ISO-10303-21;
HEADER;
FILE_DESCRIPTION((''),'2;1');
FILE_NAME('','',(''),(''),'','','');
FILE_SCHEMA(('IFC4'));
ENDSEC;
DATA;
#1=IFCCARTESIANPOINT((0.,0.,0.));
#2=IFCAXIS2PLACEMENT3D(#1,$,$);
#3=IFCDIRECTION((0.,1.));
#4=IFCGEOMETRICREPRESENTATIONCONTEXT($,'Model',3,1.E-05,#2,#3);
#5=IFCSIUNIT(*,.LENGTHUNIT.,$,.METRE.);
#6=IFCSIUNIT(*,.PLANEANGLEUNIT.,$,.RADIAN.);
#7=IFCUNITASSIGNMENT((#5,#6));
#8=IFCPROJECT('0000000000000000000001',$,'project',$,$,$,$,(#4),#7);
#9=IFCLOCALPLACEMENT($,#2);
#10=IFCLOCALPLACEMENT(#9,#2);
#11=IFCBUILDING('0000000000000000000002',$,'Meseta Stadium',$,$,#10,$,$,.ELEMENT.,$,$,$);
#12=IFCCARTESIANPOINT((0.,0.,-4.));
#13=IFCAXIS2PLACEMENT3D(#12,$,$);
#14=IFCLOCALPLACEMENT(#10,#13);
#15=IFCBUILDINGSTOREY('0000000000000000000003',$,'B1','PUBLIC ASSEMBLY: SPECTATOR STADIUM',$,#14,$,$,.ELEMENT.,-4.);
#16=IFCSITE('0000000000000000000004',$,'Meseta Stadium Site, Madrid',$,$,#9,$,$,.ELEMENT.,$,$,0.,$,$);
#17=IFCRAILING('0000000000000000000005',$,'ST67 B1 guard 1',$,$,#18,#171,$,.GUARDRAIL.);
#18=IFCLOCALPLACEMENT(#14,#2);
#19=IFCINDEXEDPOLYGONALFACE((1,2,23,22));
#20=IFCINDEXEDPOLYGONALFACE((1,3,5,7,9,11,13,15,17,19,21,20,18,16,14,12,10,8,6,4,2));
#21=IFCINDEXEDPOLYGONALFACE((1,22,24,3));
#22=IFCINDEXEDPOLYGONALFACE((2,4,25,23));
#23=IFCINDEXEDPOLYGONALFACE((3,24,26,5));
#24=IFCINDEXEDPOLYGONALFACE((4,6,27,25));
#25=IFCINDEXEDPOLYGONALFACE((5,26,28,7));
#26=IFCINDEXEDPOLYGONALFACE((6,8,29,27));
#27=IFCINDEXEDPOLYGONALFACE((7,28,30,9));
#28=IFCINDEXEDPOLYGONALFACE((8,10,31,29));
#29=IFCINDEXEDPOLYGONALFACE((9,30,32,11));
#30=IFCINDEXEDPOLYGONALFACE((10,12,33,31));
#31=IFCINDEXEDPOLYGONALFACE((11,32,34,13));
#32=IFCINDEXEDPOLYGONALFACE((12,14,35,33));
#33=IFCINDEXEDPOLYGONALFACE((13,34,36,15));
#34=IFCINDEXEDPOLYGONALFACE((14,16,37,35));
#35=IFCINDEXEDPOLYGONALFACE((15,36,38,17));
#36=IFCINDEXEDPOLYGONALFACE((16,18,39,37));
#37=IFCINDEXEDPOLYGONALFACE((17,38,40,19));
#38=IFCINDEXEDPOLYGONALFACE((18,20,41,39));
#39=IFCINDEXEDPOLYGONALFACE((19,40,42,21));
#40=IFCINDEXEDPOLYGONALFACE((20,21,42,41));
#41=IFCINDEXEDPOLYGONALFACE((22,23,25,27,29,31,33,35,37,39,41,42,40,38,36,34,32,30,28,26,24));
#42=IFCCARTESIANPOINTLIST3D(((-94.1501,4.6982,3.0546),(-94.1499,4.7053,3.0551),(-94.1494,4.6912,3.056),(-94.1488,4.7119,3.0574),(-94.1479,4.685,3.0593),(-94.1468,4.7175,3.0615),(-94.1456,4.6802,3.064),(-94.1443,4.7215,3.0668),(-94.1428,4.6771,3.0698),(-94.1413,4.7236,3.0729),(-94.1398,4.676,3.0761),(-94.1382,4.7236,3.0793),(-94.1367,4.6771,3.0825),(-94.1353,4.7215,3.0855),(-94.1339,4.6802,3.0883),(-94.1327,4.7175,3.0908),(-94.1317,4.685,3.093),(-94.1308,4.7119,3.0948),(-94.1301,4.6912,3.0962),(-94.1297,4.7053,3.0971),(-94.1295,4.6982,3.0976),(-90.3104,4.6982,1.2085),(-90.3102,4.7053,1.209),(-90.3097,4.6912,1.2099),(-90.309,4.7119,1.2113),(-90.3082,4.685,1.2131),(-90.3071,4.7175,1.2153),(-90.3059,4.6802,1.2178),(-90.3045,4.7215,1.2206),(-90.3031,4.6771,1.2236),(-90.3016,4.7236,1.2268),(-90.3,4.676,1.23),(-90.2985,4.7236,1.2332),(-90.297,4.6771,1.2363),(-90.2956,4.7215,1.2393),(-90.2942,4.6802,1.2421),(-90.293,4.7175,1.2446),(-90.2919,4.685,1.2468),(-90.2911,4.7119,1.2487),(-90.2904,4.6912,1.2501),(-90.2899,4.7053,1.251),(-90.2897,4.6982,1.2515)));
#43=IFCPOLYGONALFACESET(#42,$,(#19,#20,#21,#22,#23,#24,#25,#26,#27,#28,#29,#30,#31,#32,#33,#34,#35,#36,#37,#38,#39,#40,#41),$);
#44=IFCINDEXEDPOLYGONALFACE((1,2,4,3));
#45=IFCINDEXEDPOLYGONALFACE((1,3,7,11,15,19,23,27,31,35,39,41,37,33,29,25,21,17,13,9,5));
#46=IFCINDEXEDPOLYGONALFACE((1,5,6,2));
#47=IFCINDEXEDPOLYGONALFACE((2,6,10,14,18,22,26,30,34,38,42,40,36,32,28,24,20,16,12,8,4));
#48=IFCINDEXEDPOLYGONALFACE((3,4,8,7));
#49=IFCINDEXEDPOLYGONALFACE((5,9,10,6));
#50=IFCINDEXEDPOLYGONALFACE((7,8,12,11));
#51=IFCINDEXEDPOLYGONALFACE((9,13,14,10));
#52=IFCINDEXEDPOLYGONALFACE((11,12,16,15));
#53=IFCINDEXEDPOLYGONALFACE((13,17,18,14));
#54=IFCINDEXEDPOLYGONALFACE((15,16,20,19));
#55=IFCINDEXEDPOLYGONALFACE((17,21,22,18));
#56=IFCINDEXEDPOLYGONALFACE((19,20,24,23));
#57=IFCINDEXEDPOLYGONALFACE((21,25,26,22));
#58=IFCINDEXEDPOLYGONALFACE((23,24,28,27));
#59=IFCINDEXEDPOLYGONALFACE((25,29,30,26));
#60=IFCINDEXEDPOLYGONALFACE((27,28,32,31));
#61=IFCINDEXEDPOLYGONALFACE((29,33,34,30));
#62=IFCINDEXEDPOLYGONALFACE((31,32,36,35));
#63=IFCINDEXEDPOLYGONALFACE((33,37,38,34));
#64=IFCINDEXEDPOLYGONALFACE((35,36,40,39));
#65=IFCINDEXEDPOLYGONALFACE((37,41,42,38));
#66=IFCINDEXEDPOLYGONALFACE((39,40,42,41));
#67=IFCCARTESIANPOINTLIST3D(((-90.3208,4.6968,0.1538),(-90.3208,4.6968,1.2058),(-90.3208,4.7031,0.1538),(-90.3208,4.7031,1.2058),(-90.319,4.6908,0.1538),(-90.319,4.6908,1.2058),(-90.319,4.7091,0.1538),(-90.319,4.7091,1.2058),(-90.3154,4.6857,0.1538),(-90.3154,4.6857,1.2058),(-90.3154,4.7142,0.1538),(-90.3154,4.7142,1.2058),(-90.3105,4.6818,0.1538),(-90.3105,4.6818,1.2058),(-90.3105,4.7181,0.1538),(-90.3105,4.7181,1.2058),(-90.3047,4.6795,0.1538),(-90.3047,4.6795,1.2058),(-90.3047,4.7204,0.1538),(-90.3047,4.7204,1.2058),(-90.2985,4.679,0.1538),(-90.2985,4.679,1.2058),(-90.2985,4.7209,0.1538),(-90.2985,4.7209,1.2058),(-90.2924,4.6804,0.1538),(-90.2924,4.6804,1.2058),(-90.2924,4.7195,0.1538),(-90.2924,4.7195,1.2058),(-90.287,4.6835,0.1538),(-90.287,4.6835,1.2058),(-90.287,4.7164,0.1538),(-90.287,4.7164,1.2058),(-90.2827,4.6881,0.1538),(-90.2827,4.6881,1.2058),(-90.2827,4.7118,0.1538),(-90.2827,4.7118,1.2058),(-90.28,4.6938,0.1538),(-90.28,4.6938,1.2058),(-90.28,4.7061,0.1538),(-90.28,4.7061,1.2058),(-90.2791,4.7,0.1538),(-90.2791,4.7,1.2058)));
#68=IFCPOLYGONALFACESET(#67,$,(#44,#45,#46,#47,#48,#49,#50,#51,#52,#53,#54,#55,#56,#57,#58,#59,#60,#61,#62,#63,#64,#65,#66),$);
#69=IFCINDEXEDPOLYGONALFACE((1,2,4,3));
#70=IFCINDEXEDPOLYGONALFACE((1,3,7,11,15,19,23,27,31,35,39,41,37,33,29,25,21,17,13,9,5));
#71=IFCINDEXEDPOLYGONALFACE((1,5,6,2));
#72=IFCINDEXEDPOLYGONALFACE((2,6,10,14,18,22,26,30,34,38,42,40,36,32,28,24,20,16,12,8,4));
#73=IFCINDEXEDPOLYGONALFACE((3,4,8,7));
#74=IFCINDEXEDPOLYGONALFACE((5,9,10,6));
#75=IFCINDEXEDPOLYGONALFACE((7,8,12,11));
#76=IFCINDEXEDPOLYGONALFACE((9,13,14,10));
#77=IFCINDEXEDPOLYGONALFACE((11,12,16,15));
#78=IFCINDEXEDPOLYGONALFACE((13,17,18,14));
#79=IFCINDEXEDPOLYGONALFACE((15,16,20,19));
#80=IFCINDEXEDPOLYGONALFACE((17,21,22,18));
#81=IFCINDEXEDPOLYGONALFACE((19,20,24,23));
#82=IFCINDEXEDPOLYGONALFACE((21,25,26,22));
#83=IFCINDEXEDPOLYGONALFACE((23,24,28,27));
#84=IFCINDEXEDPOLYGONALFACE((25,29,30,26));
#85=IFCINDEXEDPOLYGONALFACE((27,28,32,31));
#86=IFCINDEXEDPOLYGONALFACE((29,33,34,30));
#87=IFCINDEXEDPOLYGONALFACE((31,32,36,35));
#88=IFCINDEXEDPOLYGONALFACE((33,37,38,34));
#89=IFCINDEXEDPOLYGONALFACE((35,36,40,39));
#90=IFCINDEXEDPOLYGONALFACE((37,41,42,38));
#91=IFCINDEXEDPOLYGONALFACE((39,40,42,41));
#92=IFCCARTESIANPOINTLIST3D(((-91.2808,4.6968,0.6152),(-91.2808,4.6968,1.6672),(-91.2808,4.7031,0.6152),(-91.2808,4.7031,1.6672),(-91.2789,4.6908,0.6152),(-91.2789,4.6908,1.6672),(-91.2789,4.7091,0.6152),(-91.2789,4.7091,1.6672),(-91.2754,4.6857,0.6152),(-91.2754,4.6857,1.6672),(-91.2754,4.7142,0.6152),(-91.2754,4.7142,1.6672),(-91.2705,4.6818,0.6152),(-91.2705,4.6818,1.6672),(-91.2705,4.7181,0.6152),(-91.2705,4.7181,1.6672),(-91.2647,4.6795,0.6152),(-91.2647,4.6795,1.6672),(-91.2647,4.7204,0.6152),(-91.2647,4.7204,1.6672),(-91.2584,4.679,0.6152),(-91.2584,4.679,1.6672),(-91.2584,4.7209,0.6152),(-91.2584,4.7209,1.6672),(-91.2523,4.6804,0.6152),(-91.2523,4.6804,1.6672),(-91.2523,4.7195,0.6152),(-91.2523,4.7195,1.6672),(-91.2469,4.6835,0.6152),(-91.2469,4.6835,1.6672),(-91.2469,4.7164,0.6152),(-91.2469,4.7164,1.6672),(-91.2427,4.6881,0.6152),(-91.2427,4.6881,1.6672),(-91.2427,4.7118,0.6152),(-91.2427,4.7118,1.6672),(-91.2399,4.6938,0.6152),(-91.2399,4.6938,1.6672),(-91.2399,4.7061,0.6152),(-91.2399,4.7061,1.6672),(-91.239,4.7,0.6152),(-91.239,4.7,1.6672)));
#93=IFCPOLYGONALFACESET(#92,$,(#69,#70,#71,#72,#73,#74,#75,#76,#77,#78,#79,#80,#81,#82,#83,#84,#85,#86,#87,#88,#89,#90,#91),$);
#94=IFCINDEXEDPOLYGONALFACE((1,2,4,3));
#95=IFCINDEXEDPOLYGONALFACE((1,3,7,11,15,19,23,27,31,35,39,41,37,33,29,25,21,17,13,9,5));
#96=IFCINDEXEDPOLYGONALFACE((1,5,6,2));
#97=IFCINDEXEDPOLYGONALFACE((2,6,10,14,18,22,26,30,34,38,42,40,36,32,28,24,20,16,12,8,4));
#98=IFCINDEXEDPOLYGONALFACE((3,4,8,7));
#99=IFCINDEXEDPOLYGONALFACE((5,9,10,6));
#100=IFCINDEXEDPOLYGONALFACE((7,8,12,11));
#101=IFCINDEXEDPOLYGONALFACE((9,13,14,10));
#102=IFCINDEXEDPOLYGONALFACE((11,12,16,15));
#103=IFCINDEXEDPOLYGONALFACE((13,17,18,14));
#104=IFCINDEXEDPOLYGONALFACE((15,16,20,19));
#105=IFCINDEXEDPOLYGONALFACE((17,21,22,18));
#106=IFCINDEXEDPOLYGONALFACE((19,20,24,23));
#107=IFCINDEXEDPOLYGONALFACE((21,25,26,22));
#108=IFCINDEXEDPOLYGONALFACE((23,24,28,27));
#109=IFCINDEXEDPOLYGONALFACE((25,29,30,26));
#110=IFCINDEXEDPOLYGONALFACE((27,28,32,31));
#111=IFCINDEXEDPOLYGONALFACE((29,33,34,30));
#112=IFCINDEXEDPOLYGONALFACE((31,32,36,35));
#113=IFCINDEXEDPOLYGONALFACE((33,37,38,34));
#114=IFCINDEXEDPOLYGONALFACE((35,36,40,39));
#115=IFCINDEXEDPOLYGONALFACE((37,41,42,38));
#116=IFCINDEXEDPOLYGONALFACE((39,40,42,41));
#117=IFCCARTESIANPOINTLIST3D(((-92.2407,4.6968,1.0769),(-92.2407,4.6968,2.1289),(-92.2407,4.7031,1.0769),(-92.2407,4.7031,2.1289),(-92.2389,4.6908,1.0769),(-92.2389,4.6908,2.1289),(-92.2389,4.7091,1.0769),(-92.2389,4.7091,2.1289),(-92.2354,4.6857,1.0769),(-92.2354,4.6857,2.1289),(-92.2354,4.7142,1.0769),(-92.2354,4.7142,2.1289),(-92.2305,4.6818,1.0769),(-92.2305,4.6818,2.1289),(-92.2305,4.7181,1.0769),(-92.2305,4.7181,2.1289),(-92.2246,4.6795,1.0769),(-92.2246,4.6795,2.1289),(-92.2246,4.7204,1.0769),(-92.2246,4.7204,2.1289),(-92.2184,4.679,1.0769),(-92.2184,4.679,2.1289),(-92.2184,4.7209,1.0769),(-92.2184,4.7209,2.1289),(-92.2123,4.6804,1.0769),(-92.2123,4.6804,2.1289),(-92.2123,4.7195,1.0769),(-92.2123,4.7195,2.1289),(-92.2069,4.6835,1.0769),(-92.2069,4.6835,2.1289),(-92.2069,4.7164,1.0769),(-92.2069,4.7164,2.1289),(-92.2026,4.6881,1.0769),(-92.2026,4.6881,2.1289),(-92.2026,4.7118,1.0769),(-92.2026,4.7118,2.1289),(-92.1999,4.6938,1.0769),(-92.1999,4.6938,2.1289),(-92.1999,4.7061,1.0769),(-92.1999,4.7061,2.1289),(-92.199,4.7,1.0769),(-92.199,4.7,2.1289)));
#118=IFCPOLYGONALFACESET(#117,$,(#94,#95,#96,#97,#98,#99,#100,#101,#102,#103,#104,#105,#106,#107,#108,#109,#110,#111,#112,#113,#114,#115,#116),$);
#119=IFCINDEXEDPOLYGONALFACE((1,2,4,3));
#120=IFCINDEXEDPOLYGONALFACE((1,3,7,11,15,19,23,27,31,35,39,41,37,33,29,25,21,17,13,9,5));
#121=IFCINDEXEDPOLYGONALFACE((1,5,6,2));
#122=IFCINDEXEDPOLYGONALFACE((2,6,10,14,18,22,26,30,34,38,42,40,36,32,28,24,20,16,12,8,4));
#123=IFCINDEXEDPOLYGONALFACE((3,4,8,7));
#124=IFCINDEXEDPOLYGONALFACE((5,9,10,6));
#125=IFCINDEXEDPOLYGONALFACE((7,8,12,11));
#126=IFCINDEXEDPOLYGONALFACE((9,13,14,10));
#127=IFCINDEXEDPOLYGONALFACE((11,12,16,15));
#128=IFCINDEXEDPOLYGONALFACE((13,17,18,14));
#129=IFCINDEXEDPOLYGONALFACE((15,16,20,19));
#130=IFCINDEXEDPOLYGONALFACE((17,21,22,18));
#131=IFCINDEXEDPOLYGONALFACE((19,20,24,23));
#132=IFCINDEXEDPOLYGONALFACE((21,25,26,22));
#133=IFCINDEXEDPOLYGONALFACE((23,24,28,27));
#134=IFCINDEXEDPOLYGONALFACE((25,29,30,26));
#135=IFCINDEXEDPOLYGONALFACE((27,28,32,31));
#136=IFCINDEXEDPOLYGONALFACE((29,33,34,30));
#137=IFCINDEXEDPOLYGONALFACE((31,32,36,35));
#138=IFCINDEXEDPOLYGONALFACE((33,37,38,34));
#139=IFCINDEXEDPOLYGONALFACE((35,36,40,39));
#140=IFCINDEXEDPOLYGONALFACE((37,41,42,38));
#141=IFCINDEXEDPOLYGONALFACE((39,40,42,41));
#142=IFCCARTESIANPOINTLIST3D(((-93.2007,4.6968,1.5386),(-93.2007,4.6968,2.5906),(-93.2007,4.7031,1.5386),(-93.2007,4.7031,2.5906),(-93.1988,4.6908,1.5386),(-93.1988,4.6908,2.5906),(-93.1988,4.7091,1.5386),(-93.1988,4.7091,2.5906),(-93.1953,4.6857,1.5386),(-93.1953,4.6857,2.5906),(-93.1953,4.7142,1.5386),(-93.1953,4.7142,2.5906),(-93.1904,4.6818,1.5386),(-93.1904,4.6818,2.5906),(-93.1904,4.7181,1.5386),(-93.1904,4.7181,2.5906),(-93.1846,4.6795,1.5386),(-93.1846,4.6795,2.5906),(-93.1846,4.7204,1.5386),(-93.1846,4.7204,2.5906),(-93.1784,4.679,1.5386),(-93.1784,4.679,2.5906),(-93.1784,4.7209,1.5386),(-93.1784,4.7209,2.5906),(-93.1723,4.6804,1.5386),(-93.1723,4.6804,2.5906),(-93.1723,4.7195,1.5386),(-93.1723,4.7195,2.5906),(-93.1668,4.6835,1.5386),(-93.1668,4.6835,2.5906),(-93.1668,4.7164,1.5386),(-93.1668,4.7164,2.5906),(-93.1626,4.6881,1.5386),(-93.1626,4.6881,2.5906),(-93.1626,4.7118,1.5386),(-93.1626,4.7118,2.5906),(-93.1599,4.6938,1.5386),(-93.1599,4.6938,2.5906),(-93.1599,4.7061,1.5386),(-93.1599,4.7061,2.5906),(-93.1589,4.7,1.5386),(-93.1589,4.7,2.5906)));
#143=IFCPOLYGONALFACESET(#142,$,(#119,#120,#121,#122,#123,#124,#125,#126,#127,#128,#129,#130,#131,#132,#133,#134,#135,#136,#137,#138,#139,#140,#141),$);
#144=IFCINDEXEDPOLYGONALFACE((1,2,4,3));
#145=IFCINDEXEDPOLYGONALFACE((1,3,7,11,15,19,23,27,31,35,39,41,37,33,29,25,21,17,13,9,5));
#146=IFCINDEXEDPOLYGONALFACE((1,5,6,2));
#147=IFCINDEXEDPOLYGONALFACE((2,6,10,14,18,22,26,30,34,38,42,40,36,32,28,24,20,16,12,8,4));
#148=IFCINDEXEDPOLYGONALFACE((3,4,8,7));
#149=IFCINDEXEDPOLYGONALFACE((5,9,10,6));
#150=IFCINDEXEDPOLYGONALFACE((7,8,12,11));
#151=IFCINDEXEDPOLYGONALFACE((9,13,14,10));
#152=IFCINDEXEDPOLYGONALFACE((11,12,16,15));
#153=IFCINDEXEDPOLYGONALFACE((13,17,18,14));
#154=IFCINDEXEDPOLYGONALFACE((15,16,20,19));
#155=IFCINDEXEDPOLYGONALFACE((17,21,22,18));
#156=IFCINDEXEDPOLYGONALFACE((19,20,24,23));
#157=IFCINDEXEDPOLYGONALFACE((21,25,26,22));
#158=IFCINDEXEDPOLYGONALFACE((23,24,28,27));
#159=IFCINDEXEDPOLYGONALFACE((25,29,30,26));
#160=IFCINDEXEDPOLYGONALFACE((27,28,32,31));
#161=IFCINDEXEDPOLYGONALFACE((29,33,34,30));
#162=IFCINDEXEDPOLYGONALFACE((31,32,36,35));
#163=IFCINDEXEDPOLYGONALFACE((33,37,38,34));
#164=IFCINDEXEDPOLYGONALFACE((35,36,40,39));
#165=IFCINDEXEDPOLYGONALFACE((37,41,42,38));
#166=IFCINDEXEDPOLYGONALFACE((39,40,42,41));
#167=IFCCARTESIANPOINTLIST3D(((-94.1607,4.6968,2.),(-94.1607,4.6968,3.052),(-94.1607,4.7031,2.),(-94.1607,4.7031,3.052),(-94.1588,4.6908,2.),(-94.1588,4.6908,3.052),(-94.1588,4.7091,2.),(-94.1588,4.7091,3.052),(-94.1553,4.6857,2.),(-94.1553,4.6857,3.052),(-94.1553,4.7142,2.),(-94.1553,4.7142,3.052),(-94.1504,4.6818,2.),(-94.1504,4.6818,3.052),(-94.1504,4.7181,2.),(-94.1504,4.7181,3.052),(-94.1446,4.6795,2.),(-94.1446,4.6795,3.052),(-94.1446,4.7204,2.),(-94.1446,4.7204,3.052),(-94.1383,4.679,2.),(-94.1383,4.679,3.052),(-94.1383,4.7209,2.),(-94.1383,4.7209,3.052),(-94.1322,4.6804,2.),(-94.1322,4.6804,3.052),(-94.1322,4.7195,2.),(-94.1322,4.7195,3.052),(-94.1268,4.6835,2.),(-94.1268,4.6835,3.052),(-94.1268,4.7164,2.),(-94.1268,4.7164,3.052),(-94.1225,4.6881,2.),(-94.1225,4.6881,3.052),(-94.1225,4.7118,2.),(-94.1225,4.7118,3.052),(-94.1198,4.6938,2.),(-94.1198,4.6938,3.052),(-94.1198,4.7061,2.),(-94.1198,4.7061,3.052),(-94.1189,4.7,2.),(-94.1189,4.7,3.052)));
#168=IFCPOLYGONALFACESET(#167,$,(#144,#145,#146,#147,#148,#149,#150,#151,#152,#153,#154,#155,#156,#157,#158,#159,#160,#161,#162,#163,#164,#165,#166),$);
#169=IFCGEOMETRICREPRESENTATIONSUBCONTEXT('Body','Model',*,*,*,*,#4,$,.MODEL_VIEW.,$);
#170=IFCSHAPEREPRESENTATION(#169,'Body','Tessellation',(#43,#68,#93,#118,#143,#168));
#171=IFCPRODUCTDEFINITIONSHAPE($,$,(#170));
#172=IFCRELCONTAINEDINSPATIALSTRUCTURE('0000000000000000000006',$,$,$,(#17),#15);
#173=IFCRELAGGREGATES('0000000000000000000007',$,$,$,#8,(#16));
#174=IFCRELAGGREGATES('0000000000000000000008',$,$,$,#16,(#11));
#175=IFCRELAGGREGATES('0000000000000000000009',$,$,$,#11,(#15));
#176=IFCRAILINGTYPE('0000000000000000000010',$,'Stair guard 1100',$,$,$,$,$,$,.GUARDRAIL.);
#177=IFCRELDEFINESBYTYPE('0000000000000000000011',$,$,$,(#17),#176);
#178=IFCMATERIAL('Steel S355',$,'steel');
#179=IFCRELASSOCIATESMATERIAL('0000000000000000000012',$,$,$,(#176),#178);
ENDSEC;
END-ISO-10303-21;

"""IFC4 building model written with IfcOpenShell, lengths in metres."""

from ifc_helpers import new_model, si_unit, direction, frame, origin, origin_2d, place, context, subcontext, project, spatial, circle, extrude, material, type_object, element, save


model = new_model("IFC4")

# Units and contexts
model_context = context("Model", 3, precision=1e-05, world=origin(), true_north=direction((0.0, 1.0)))
body_context = subcontext(model_context, "Body", "Model", "MODEL_VIEW")
ifc_project = project(units=[si_unit("LENGTHUNIT", "METRE"), si_unit("PLANEANGLEUNIT", "RADIAN")], contexts=[model_context])

# Site, building, storey
site_placement = place(None, origin())
site = spatial("IfcSite", under=ifc_project, at=site_placement, Name="Meseta Stadium Site, Madrid", CompositionType="ELEMENT", RefElevation=0.0)
building_placement = place(site_placement, origin())
building = spatial("IfcBuilding", under=site, at=building_placement, Name="Meseta Stadium", CompositionType="ELEMENT")
storey_placement = place(building_placement, frame((0.0, 0.0, -4.0)))
storey = spatial("IfcBuildingStorey", under=building, at=storey_placement, Name="B1", Description="PUBLIC ASSEMBLY: SPECTATOR STADIUM", CompositionType="ELEMENT", Elevation=-4.0)

# Railing
ifc_material_1 = material(Name="Steel S355", Category="steel")
railing_type_1 = type_object("IfcRailingType", Name="Stair guard 1100", PredefinedType="GUARDRAIL", material=ifc_material_1)
railing_1_placement = place(storey_placement, frame((-90.3, 4.7, 0.1538)))
element("IfcRailing", 1, at=railing_1_placement, inside=storey, type_object=railing_type_1, Name="ST67 B1 guard 1", PredefinedType="GUARDRAIL", context=body_context, shape_type="SweptSolid", body=[
    extrude(circle(Radius=0.0239, at=origin_2d()), frame((0.0, 0.0, 1.0762), z_axis=(-0.901242, 0.0, 0.433316), x_axis=(0.0, -1.0, 0.0)), (0.0, 0.0, 1.0), 4.2605),
    extrude(circle(Radius=0.021, at=origin_2d()), origin(), (0.0, 0.0, 1.0), 1.052),
    extrude(circle(Radius=0.021, at=origin_2d()), frame((-0.96, 0.0, 0.4614)), (0.0, 0.0, 1.0), 1.052),
    extrude(circle(Radius=0.021, at=origin_2d()), frame((-1.9199, 0.0, 0.9231)), (0.0, 0.0, 1.0), 1.052),
    extrude(circle(Radius=0.021, at=origin_2d()), frame((-2.8799, 0.0, 1.3848)), (0.0, 0.0, 1.0), 1.052),
    extrude(circle(Radius=0.021, at=origin_2d()), frame((-3.8398, 0.0, 1.8462)), (0.0, 0.0, 1.0), 1.052),
])

save(model, "model.ifc")
